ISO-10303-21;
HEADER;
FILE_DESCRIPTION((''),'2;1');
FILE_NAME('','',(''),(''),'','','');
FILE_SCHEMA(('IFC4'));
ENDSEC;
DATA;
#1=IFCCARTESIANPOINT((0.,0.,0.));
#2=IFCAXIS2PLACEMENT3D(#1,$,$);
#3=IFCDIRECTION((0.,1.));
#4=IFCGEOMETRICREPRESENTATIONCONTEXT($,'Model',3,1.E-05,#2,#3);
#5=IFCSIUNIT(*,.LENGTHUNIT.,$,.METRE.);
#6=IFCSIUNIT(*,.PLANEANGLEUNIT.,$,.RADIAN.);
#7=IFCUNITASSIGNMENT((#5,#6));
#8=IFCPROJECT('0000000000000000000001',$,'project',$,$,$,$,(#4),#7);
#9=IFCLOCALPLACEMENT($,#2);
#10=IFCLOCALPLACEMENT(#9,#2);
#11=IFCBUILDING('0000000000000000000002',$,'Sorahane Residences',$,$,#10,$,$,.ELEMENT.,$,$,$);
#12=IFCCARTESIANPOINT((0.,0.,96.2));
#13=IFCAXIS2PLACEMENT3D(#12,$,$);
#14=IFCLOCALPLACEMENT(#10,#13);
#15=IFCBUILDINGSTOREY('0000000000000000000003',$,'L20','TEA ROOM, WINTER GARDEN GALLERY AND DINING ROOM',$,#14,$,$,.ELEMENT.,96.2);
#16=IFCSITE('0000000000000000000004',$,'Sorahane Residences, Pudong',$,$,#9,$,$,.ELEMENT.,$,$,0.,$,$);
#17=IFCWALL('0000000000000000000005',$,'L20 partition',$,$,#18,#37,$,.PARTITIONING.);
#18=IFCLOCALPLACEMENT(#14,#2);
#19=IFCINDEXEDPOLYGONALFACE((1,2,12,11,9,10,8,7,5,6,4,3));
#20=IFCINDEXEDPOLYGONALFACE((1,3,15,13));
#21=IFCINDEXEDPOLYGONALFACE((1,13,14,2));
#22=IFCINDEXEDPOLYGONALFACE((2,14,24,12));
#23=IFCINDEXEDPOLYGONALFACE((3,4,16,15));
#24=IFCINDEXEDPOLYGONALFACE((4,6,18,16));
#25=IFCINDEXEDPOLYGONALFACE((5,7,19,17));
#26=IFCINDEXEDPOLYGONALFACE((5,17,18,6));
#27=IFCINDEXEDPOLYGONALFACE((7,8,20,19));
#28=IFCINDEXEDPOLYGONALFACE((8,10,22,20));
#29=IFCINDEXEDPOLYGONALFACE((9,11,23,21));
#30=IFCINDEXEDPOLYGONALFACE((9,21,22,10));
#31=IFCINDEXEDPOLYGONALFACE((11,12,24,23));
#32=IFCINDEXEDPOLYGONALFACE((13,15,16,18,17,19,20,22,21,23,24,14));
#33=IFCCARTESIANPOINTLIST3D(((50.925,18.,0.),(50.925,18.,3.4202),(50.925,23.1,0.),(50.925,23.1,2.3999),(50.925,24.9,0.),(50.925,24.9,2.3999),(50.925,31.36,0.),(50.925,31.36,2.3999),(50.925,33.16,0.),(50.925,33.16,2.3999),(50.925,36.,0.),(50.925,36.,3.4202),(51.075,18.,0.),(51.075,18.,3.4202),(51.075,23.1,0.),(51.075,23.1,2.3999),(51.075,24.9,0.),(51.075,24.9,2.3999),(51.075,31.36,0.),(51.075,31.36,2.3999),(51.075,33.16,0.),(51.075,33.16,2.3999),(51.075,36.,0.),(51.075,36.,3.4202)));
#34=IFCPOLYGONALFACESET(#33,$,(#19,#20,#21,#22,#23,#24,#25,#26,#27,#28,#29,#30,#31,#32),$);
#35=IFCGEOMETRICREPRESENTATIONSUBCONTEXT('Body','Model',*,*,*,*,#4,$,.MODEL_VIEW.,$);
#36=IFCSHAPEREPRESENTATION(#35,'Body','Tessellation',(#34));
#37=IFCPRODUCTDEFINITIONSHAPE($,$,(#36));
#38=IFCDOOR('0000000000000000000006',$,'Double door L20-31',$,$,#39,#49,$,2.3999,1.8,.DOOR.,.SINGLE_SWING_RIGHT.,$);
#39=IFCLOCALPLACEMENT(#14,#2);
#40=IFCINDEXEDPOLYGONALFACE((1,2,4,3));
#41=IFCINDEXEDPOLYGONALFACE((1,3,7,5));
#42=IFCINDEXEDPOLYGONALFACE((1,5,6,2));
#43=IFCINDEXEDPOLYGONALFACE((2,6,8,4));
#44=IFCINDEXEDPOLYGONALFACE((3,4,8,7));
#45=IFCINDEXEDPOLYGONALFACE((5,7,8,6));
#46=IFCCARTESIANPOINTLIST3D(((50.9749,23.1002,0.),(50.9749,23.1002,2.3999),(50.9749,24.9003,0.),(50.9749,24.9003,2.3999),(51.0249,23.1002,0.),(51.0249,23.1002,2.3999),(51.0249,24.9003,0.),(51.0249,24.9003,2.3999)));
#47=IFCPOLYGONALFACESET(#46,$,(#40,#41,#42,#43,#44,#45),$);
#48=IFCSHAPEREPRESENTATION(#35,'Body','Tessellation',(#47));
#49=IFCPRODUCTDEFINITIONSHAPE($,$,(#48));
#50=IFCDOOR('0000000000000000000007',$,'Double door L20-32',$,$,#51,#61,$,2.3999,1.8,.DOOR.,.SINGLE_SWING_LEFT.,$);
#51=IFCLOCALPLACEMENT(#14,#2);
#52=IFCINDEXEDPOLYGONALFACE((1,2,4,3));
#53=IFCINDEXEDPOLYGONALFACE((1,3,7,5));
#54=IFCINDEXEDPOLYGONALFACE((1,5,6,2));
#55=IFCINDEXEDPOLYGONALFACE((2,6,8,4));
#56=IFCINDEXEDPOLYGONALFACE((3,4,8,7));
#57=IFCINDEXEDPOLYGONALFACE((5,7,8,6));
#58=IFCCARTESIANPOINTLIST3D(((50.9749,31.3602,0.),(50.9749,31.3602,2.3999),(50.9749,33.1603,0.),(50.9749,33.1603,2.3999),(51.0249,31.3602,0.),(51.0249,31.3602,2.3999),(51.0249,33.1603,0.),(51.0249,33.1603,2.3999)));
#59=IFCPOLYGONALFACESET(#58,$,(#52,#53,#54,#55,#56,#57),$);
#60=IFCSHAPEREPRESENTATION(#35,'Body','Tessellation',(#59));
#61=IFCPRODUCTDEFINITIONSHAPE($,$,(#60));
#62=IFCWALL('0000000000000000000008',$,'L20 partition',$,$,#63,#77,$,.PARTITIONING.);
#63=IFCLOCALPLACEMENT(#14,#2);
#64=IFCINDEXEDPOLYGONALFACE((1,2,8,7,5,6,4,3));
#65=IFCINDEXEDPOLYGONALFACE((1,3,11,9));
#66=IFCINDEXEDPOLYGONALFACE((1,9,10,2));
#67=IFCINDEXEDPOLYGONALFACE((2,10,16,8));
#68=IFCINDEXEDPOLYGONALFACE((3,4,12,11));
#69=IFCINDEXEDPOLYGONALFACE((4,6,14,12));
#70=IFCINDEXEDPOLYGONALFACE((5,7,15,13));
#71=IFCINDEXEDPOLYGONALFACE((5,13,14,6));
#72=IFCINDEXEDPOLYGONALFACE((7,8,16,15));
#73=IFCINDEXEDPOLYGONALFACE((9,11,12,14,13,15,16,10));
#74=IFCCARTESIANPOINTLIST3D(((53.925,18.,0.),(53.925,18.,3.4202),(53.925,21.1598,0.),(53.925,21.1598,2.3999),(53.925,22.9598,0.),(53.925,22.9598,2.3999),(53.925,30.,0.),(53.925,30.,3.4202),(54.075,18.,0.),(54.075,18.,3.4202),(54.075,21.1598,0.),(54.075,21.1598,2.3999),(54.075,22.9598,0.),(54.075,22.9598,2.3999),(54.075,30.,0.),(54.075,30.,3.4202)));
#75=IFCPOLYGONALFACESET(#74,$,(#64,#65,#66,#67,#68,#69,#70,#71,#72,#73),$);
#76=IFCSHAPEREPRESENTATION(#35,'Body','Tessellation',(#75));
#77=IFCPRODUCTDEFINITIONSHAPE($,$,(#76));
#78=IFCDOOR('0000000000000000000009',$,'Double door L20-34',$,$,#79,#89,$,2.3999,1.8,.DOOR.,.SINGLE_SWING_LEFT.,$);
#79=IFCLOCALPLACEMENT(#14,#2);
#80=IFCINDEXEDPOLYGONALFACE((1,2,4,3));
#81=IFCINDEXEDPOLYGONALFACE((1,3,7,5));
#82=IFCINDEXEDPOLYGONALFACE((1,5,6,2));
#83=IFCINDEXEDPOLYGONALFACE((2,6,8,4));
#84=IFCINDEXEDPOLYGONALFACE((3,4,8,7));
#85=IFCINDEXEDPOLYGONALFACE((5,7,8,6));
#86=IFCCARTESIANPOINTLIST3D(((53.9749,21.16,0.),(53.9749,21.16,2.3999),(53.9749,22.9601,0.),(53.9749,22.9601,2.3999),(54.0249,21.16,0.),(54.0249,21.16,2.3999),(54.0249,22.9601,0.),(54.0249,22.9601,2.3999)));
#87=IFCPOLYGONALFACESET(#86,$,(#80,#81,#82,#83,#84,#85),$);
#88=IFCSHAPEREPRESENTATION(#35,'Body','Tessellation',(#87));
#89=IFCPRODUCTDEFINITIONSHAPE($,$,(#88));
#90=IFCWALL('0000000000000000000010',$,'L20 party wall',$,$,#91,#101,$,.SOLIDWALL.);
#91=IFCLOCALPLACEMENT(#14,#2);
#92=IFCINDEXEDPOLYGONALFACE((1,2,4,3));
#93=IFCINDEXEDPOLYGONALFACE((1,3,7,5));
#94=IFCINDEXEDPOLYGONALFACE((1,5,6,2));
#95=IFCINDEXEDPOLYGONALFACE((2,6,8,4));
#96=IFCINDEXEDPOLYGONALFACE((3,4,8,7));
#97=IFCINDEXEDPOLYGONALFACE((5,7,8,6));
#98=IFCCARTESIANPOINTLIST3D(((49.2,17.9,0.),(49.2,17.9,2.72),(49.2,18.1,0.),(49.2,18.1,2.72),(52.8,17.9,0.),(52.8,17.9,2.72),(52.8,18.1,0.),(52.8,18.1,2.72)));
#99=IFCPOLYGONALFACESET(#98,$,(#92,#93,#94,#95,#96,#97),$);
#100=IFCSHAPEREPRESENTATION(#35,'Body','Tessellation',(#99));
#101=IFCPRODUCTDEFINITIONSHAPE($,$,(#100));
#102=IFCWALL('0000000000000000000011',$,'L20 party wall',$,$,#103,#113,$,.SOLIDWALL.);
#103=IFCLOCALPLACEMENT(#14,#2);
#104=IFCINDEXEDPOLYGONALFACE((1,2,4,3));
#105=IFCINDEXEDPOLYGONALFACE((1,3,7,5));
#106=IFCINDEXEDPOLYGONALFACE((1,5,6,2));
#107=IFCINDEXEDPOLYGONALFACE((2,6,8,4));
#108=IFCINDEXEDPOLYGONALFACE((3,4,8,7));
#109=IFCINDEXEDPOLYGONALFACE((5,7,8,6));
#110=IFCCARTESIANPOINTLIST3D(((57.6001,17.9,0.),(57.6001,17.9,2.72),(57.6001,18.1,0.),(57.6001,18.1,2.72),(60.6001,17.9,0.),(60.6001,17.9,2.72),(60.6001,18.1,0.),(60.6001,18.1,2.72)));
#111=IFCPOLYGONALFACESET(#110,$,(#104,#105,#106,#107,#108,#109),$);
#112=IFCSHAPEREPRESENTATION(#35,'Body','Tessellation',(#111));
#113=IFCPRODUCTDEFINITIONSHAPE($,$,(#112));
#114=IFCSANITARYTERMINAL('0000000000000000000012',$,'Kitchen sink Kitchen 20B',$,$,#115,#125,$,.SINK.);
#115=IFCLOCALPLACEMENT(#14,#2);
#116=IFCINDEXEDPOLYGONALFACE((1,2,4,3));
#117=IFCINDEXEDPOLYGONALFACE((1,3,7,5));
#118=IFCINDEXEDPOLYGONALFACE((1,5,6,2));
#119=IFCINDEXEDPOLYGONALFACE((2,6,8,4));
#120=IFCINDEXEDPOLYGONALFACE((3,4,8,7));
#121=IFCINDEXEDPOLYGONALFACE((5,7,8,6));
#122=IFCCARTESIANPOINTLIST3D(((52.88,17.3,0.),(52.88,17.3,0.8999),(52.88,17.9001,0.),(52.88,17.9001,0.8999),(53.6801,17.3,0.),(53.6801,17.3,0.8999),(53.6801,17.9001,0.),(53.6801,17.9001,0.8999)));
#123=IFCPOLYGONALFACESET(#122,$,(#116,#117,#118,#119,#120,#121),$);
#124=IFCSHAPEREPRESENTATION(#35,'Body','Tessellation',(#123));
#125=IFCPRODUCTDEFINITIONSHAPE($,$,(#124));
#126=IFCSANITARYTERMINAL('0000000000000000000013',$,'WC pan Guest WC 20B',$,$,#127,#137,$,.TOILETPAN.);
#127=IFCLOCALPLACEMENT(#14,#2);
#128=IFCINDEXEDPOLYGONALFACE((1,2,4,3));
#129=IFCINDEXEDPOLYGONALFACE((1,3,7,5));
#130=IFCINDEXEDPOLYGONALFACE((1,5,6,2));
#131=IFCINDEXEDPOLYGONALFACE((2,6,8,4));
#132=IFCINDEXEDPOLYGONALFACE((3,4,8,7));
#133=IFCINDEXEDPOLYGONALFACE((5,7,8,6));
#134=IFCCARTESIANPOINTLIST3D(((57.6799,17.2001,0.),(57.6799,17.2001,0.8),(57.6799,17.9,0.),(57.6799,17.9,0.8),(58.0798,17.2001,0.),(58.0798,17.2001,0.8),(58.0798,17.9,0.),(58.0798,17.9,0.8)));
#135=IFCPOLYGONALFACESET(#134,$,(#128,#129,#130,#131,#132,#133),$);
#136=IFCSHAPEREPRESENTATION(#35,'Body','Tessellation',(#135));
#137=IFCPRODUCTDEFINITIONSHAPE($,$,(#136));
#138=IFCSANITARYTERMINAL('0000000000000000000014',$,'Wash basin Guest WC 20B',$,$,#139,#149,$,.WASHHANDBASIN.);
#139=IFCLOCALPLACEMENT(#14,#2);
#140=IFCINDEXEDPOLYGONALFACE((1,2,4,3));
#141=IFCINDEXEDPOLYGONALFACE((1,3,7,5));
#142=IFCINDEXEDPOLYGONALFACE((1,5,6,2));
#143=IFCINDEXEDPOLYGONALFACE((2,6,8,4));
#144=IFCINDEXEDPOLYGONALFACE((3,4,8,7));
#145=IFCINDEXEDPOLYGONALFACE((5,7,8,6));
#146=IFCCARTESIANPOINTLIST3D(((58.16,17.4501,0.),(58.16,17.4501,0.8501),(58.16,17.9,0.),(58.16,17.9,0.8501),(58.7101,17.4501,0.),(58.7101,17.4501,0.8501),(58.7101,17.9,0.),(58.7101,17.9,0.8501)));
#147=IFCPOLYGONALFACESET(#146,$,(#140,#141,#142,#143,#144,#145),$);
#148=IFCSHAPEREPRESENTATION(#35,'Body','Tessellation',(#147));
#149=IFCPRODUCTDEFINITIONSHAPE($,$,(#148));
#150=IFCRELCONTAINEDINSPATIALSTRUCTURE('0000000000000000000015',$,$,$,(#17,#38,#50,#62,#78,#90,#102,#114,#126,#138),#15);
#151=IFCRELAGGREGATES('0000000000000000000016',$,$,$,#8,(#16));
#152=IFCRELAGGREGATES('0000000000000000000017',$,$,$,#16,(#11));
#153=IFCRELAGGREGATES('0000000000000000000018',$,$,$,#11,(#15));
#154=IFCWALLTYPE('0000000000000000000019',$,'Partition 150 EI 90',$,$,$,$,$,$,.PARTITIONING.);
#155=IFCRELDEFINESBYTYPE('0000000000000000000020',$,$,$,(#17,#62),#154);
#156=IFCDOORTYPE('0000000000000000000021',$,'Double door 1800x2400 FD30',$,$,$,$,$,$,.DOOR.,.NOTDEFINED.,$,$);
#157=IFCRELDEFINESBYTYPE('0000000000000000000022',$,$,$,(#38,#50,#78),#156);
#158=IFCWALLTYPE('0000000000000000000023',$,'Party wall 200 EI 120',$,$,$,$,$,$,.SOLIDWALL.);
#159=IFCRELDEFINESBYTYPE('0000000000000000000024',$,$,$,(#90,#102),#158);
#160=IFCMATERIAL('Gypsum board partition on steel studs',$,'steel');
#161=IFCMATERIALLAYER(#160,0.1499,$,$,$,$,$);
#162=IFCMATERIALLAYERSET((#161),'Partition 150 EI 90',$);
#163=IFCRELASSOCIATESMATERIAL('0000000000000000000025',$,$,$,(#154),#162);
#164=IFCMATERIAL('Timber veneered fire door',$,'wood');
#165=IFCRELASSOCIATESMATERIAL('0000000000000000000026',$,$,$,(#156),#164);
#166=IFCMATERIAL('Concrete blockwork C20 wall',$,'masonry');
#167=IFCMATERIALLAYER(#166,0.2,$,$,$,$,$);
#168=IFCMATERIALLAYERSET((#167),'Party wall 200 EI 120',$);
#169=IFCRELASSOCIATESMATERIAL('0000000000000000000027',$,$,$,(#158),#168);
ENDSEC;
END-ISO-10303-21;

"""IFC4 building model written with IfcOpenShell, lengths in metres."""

from ifc_helpers import new_model, si_unit, direction, frame, frame_2d, origin, origin_2d, place, context, subcontext, project, spatial, rectangle, extrude, material, layer, layer_set, type_object, element, fill, save


model = new_model("IFC4")

# Units and contexts
model_context = context("Model", 3, precision=1e-05, world=origin(), true_north=direction((0.0, 1.0)))
body_context = subcontext(model_context, "Body", "Model", "MODEL_VIEW")
ifc_project = project(units=[si_unit("LENGTHUNIT", "METRE"), si_unit("PLANEANGLEUNIT", "RADIAN")], contexts=[model_context])

# Site, building, storey
site_placement = place(None, origin())
site = spatial("IfcSite", under=ifc_project, at=site_placement, Name="Sorahane Residences, Pudong", CompositionType="ELEMENT", RefElevation=0.0)
building_placement = place(site_placement, origin())
building = spatial("IfcBuilding", under=site, at=building_placement, Name="Sorahane Residences", CompositionType="ELEMENT")
storey_placement = place(building_placement, frame((0.0, 0.0, 96.2)))
storey = spatial("IfcBuildingStorey", under=building, at=storey_placement, Name="L20", Description="TEA ROOM, WINTER GARDEN GALLERY AND DINING ROOM", CompositionType="ELEMENT", Elevation=96.2)

# Wall, openings, doors
ifc_material_1 = material(Name="Gypsum board partition on steel studs", Category="steel")
ifc_layer_1 = layer(ifc_material_1, 0.1499)
ifc_layer_set_1 = layer_set([ifc_layer_1], Name="Partition 150 EI 90")
wall_type_1 = type_object("IfcWallType", Name="Partition 150 EI 90", PredefinedType="PARTITIONING", material=ifc_layer_set_1)
wall_1_placement = place(storey_placement, frame((51.0, 18.0, 0.0), z_axis=(0.0, 0.0, 1.0), x_axis=(0.0, 1.0, 0.0)))
wall_1 = element("IfcWall", 1, at=wall_1_placement, inside=storey, type_object=wall_type_1, Name="L20 partition", PredefinedType="PARTITIONING", context=body_context, shape_type="SweptSolid", body=[
    extrude(rectangle(XDim=18.0, YDim=0.1499, at=frame_2d((9.0, 0.0))), origin(), (0.0, 0.0, 1.0), 3.4202),
])
opening_1_placement = place(wall_1_placement, frame((5.1001, 0.0, 0.0)))
opening_1 = element("IfcOpeningElement", 2, at=opening_1_placement, cuts=wall_1, PredefinedType="OPENING", context=body_context, shape_type="SweptSolid", body=[
    extrude(rectangle(XDim=1.8, YDim=2.3999, at=frame_2d((0.8999, 1.2))), frame((0.0, 0.085, 0.0), z_axis=(0.0, -1.0, 0.0), x_axis=(1.0, 0.0, 0.0)), (0.0, 0.0, 1.0), 0.1699),
])
opening_2_placement = place(wall_1_placement, frame((13.3601, 0.0, 0.0)))
opening_2 = element("IfcOpeningElement", 3, at=opening_2_placement, cuts=wall_1, PredefinedType="OPENING", context=body_context, shape_type="SweptSolid", body=[
    extrude(rectangle(XDim=1.8, YDim=2.3999, at=frame_2d((0.8999, 1.2))), frame((0.0, 0.085, 0.0), z_axis=(0.0, -1.0, 0.0), x_axis=(1.0, 0.0, 0.0)), (0.0, 0.0, 1.0), 0.1699),
])
ifc_material_2 = material(Name="Timber veneered fire door", Category="wood")
door_type_1 = type_object("IfcDoorType", Name="Double door 1800x2400 FD30", OperationType="NOTDEFINED", PredefinedType="DOOR", material=ifc_material_2)
door_1_placement = place(opening_1_placement, frame((1.8, 0.0, 0.0), z_axis=(0.0, 0.0, 1.0), x_axis=(-1.0, 0.0, 0.0)))
door_1 = element("IfcDoor", 4, at=door_1_placement, inside=storey, type_object=door_type_1, Name="Double door L20-31", OperationType="SINGLE_SWING_RIGHT", OverallHeight=2.3999, OverallWidth=1.8, PredefinedType="DOOR", context=body_context, shape_type="SweptSolid", body=[
    extrude(rectangle(XDim=1.8, YDim=2.3999, at=frame_2d((0.8999, 1.2))), frame((0.0, 0.0249, 0.0), z_axis=(0.0, -1.0, 0.0), x_axis=(1.0, 0.0, 0.0)), (0.0, 0.0, 1.0), 0.05),
])
fill(opening_1, door_1)
door_2_placement = place(opening_2_placement, frame((1.8, 0.0, 0.0), z_axis=(0.0, 0.0, 1.0), x_axis=(-1.0, 0.0, 0.0)))
door_2 = element("IfcDoor", 5, at=door_2_placement, inside=storey, type_object=door_type_1, Name="Double door L20-32", OperationType="SINGLE_SWING_LEFT", OverallHeight=2.3999, OverallWidth=1.8, PredefinedType="DOOR", context=body_context, shape_type="SweptSolid", body=[
    extrude(rectangle(XDim=1.8, YDim=2.3999, at=frame_2d((0.8999, 1.2))), frame((0.0, 0.0249, 0.0), z_axis=(0.0, -1.0, 0.0), x_axis=(1.0, 0.0, 0.0)), (0.0, 0.0, 1.0), 0.05),
])
fill(opening_2, door_2)

# Wall, opening, door
wall_2_placement = place(storey_placement, frame((54.0, 18.0, 0.0), z_axis=(0.0, 0.0, 1.0), x_axis=(0.0, 1.0, 0.0)))
wall_2 = element("IfcWall", 6, at=wall_2_placement, inside=storey, type_object=wall_type_1, Name="L20 partition", PredefinedType="PARTITIONING", context=body_context, shape_type="SweptSolid", body=[
    extrude(rectangle(XDim=12.0, YDim=0.1499, at=frame_2d((6.0, 0.0))), origin(), (0.0, 0.0, 1.0), 3.4202),
])
opening_3_placement = place(wall_2_placement, frame((3.1599, 0.0, 0.0)))
opening_3 = element("IfcOpeningElement", 7, at=opening_3_placement, cuts=wall_2, PredefinedType="OPENING", context=body_context, shape_type="SweptSolid", body=[
    extrude(rectangle(XDim=1.8, YDim=2.3999, at=frame_2d((0.8999, 1.2))), frame((0.0, 0.085, 0.0), z_axis=(0.0, -1.0, 0.0), x_axis=(1.0, 0.0, 0.0)), (0.0, 0.0, 1.0), 0.1699),
])
door_3_placement = place(opening_3_placement, frame((1.8, 0.0, 0.0), z_axis=(0.0, 0.0, 1.0), x_axis=(-1.0, 0.0, 0.0)))
door_3 = element("IfcDoor", 8, at=door_3_placement, inside=storey, type_object=door_type_1, Name="Double door L20-34", OperationType="SINGLE_SWING_LEFT", OverallHeight=2.3999, OverallWidth=1.8, PredefinedType="DOOR", context=body_context, shape_type="SweptSolid", body=[
    extrude(rectangle(XDim=1.8, YDim=2.3999, at=frame_2d((0.8999, 1.2))), frame((0.0, 0.0249, 0.0), z_axis=(0.0, -1.0, 0.0), x_axis=(1.0, 0.0, 0.0)), (0.0, 0.0, 1.0), 0.05),
])
fill(opening_3, door_3)

# Walls
ifc_material_3 = material(Name="Concrete blockwork C20 wall", Category="masonry")
ifc_layer_2 = layer(ifc_material_3, 0.2)
ifc_layer_set_2 = layer_set([ifc_layer_2], Name="Party wall 200 EI 120")
wall_type_2 = type_object("IfcWallType", Name="Party wall 200 EI 120", PredefinedType="SOLIDWALL", material=ifc_layer_set_2)
wall_3_placement = place(storey_placement, frame((49.2, 18.0, 0.0), z_axis=(0.0, 0.0, 1.0), x_axis=(1.0, 0.0, 0.0)))
element("IfcWall", 9, at=wall_3_placement, inside=storey, type_object=wall_type_2, Name="L20 party wall", PredefinedType="SOLIDWALL", context=body_context, shape_type="SweptSolid", body=[
    extrude(rectangle(XDim=3.6001, YDim=0.2, at=frame_2d((1.8, 0.0))), origin(), (0.0, 0.0, 1.0), 2.72),
])
wall_4_placement = place(storey_placement, frame((57.6001, 18.0, 0.0), z_axis=(0.0, 0.0, 1.0), x_axis=(1.0, 0.0, 0.0)))
element("IfcWall", 10, at=wall_4_placement, inside=storey, type_object=wall_type_2, Name="L20 party wall", PredefinedType="SOLIDWALL", context=body_context, shape_type="SweptSolid", body=[
    extrude(rectangle(XDim=3.0, YDim=0.2, at=frame_2d((1.5, 0.0))), origin(), (0.0, 0.0, 1.0), 2.72),
])

# Sanitary terminals
sanitary_terminal_1_placement = place(storey_placement, frame((53.28, 17.6001, 0.0), z_axis=(0.0, 0.0, 1.0), x_axis=(1.0, 0.0, 0.0)))
element("IfcSanitaryTerminal", 11, at=sanitary_terminal_1_placement, inside=storey, Name="Kitchen sink Kitchen 20B", PredefinedType="SINK", context=body_context, shape_type="SweptSolid", body=[
    extrude(rectangle(XDim=0.8, YDim=0.6001, at=origin_2d()), origin(), (0.0, 0.0, 1.0), 0.8999),
])
sanitary_terminal_2_placement = place(storey_placement, frame((57.8799, 17.55, 0.0), z_axis=(0.0, 0.0, 1.0), x_axis=(1.0, 0.0, 0.0)))
element("IfcSanitaryTerminal", 12, at=sanitary_terminal_2_placement, inside=storey, Name="WC pan Guest WC 20B", PredefinedType="TOILETPAN", context=body_context, shape_type="SweptSolid", body=[
    extrude(rectangle(XDim=0.3999, YDim=0.7, at=origin_2d()), origin(), (0.0, 0.0, 1.0), 0.8),
])
sanitary_terminal_3_placement = place(storey_placement, frame((58.4351, 17.675, 0.0), z_axis=(0.0, 0.0, 1.0), x_axis=(1.0, 0.0, 0.0)))
element("IfcSanitaryTerminal", 13, at=sanitary_terminal_3_placement, inside=storey, Name="Wash basin Guest WC 20B", PredefinedType="WASHHANDBASIN", context=body_context, shape_type="SweptSolid", body=[
    extrude(rectangle(XDim=0.55, YDim=0.45, at=origin_2d()), origin(), (0.0, 0.0, 1.0), 0.8501),
])

save(model, "model.ifc")
